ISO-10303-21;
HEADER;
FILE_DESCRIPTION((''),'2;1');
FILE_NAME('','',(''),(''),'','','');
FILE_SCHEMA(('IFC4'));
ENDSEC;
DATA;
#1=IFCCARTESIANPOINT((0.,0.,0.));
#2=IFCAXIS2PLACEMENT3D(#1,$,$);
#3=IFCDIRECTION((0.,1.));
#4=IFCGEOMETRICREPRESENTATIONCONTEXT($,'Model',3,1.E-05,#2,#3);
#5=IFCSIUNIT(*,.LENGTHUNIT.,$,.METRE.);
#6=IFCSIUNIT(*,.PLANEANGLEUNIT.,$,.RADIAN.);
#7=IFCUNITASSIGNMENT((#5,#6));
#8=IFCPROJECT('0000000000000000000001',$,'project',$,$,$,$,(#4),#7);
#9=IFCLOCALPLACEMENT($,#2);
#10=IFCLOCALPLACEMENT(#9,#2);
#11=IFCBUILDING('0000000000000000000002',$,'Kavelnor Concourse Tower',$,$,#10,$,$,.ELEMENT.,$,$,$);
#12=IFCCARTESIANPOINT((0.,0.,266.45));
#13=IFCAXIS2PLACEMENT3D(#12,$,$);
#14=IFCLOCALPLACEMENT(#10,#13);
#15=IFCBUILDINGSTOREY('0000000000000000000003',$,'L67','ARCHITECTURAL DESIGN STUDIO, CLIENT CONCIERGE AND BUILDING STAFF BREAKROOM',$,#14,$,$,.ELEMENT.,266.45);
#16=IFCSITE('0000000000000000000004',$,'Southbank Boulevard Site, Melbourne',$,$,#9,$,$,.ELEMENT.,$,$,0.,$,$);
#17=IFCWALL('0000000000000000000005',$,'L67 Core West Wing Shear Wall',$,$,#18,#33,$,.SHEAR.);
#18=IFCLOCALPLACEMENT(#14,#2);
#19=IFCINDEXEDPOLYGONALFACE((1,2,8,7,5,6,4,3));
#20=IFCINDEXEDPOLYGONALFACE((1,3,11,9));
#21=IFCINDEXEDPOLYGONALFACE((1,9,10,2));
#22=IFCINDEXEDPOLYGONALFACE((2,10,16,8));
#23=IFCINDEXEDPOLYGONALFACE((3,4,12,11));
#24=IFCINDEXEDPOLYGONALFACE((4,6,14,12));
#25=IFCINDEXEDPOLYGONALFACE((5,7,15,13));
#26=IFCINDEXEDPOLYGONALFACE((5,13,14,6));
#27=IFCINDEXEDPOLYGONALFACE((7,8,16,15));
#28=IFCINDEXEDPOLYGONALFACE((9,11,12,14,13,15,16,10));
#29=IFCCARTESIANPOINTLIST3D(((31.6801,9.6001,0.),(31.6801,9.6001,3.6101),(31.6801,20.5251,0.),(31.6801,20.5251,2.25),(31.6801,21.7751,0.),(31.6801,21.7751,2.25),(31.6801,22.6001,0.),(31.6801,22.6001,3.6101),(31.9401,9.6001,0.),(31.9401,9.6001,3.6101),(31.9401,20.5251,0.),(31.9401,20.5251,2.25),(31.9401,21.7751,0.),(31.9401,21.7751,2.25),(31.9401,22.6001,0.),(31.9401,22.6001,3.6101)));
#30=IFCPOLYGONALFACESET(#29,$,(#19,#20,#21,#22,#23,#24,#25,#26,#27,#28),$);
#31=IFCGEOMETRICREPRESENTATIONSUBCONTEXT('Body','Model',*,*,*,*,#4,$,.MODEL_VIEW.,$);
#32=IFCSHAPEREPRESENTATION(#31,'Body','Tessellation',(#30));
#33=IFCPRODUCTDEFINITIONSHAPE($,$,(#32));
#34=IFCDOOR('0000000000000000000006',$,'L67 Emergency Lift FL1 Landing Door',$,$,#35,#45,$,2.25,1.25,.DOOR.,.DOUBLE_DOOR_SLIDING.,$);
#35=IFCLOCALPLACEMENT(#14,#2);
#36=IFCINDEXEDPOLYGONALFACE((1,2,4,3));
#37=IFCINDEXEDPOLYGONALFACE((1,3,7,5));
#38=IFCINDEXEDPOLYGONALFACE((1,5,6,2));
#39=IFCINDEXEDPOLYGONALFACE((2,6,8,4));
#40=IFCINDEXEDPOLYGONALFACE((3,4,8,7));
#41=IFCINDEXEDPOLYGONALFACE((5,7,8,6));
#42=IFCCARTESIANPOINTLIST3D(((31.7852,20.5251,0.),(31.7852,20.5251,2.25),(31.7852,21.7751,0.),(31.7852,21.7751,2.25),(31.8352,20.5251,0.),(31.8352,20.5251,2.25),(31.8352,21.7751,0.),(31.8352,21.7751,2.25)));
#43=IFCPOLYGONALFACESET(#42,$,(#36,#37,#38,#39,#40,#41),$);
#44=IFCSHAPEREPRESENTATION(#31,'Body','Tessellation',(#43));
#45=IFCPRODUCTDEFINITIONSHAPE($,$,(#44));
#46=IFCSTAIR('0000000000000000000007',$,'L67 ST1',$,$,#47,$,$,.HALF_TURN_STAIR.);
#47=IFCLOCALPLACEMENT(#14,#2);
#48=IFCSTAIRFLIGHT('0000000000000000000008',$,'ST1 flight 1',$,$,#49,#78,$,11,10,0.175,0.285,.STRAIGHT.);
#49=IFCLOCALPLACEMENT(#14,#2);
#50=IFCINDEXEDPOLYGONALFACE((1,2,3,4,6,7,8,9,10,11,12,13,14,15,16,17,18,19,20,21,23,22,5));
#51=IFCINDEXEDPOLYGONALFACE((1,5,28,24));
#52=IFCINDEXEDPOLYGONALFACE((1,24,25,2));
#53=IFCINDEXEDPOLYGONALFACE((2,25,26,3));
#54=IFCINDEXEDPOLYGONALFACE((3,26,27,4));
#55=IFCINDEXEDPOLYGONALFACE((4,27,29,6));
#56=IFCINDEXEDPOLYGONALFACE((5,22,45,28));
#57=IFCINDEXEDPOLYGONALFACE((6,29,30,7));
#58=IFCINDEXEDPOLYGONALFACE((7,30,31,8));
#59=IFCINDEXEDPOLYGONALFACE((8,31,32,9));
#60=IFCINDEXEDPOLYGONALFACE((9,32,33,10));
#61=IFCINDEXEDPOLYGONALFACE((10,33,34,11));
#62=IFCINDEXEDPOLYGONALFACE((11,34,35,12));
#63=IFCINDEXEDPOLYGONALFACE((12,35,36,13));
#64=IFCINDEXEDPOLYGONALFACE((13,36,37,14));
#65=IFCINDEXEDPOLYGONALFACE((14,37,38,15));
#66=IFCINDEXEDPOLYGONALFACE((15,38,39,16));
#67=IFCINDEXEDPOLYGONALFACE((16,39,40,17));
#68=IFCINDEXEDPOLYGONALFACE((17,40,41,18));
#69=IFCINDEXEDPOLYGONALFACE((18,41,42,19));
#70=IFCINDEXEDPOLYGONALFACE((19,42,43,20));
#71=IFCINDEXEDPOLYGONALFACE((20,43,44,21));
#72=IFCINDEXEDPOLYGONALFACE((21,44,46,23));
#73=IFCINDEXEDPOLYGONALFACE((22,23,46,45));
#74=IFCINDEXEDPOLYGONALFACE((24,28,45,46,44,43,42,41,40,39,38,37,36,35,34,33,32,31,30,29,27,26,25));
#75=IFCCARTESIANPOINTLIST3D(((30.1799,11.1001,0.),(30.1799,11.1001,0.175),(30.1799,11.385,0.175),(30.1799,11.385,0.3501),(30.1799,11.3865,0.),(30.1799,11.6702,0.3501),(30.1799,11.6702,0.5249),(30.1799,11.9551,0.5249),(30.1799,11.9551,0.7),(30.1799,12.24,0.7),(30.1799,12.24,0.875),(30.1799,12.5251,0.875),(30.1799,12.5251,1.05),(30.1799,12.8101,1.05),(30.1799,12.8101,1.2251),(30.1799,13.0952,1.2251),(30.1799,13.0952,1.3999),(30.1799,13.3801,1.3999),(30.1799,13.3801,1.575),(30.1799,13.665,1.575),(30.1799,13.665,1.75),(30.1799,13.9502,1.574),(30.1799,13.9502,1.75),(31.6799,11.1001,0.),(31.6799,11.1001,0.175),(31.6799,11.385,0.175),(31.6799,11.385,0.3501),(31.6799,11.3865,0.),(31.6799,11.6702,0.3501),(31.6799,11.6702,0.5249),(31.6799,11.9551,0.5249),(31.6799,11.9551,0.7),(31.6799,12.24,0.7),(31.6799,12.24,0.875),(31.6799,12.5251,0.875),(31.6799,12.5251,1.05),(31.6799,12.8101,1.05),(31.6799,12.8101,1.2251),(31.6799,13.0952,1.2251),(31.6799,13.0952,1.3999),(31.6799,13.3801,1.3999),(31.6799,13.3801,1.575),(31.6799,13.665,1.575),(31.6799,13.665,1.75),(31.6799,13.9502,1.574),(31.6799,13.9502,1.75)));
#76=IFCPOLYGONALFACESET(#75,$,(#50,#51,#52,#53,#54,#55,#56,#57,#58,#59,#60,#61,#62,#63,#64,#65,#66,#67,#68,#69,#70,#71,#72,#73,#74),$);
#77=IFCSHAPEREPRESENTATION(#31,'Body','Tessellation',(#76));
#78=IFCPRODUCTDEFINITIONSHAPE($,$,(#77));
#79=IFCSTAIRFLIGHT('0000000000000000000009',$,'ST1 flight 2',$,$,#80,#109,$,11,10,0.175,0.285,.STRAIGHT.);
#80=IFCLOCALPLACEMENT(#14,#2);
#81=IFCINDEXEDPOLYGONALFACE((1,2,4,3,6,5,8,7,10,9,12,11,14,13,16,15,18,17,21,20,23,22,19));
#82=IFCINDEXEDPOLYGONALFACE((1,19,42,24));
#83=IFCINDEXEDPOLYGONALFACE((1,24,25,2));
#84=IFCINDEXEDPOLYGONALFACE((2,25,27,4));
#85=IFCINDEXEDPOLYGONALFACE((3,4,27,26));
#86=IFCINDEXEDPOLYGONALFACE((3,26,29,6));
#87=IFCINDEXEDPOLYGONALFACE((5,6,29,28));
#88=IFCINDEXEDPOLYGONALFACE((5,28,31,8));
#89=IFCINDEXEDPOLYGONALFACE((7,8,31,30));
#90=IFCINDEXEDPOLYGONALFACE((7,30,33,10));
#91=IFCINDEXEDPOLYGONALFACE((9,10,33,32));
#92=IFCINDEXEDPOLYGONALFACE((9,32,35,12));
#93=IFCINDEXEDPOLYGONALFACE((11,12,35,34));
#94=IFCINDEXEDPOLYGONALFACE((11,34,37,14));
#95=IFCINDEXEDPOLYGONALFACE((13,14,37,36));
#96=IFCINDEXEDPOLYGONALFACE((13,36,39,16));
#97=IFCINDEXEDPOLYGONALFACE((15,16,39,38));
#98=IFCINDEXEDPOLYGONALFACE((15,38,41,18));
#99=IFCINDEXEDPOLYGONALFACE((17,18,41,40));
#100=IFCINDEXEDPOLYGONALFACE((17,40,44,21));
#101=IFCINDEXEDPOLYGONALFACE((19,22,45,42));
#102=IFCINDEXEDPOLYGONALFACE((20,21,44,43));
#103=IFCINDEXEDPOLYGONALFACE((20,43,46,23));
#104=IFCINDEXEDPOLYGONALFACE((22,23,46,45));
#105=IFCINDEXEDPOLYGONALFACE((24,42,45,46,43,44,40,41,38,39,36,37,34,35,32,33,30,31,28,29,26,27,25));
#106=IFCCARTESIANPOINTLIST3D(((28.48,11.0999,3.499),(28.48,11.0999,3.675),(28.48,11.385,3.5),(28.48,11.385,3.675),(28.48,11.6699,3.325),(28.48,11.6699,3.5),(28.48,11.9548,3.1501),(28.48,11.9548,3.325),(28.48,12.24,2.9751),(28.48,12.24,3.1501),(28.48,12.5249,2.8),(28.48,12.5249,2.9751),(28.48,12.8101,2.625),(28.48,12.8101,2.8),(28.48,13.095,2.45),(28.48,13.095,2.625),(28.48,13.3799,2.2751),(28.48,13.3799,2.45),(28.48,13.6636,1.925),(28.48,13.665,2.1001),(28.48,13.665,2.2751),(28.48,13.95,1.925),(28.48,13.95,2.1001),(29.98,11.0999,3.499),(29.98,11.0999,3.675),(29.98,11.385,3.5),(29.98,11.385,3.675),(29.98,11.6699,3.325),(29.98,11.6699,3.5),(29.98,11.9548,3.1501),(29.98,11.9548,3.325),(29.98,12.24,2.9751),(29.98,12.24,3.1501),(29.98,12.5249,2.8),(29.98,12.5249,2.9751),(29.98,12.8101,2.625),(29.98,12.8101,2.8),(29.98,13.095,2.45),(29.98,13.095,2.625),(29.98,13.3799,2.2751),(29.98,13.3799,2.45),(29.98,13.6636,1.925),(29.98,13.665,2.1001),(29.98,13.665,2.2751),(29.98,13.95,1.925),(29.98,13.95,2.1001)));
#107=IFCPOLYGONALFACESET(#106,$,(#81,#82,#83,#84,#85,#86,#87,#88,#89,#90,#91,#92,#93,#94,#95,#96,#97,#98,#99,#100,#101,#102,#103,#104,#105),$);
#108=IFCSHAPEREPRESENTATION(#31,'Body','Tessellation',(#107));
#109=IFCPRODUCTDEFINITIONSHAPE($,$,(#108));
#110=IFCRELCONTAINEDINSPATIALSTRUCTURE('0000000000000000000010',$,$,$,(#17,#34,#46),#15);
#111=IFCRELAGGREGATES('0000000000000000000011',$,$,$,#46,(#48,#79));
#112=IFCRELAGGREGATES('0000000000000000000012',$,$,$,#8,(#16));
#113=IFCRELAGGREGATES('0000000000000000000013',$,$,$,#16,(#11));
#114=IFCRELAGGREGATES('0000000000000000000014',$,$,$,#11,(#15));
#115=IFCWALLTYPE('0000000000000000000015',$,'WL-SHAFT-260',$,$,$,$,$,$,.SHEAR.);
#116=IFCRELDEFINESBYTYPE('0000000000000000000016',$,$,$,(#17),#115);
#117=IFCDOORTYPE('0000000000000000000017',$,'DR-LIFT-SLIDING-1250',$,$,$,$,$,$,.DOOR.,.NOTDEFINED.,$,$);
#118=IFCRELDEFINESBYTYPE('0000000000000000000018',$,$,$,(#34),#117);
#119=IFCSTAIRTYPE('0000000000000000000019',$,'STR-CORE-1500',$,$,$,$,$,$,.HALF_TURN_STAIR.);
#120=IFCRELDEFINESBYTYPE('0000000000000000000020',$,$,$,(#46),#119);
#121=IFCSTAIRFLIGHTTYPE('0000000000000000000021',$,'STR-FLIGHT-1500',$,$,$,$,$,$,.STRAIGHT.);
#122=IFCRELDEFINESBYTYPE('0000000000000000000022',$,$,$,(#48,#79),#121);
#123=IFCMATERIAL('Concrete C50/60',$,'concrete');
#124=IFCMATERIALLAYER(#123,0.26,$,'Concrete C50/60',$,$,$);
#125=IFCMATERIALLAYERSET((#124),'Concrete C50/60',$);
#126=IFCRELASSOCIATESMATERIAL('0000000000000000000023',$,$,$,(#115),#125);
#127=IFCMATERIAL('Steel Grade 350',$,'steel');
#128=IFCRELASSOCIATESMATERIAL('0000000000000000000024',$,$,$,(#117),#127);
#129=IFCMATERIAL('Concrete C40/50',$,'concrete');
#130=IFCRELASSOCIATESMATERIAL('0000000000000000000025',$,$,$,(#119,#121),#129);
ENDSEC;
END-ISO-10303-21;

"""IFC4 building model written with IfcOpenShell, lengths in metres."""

from ifc_helpers import new_model, si_unit, direction, frame, frame_2d, origin, place, context, subcontext, project, spatial, polyline, rectangle, outline, extrude, material, layer, layer_set, type_object, element, fill, aggregate, save


model = new_model("IFC4")

# Units and contexts
model_context = context("Model", 3, precision=1e-05, world=origin(), true_north=direction((0.0, 1.0)))
body_context = subcontext(model_context, "Body", "Model", "MODEL_VIEW")
ifc_project = project(units=[si_unit("LENGTHUNIT", "METRE"), si_unit("PLANEANGLEUNIT", "RADIAN")], contexts=[model_context])

# Site, building, storey
site_placement = place(None, origin())
site = spatial("IfcSite", under=ifc_project, at=site_placement, Name="Southbank Boulevard Site, Melbourne", CompositionType="ELEMENT", RefElevation=0.0)
building_placement = place(site_placement, origin())
building = spatial("IfcBuilding", under=site, at=building_placement, Name="Kavelnor Concourse Tower", CompositionType="ELEMENT")
storey_placement = place(building_placement, frame((0.0, 0.0, 266.45)))
storey = spatial("IfcBuildingStorey", under=building, at=storey_placement, Name="L67", Description="ARCHITECTURAL DESIGN STUDIO, CLIENT CONCIERGE AND BUILDING STAFF BREAKROOM", CompositionType="ELEMENT", Elevation=266.45)

# Shared definitions
ifc_material_1 = material(Name="Steel Grade 350", Category="steel")

# Shared definitions
ifc_material_2 = material(Name="Concrete C50/60", Category="concrete")

# Wall, opening, door
ifc_layer_1 = layer(ifc_material_2, 0.26, Name="Concrete C50/60")
ifc_layer_set_1 = layer_set([ifc_layer_1], Name="Concrete C50/60")
wall_type_1 = type_object("IfcWallType", Name="WL-SHAFT-260", PredefinedType="SHEAR", material=ifc_layer_set_1)
wall_1_placement = place(storey_placement, frame((31.8101, 9.6001, 0.0), z_axis=(0.0, 0.0, 1.0), x_axis=(0.0, 1.0, 0.0)))
wall_1 = element("IfcWall", 1, at=wall_1_placement, inside=storey, type_object=wall_type_1, Name="L67 Core West Wing Shear Wall", PredefinedType="SHEAR", context=body_context, shape_type="SweptSolid", body=[
    extrude(rectangle(XDim=13.0, YDim=0.26, at=frame_2d((6.5, 0.0))), origin(), (0.0, 0.0, 1.0), 3.6101),
])
opening_1_placement = place(wall_1_placement, frame((10.925, 0.0, 0.0)))
opening_1 = element("IfcOpeningElement", 2, at=opening_1_placement, cuts=wall_1, PredefinedType="OPENING", context=body_context, shape_type="SweptSolid", body=[
    extrude(rectangle(XDim=1.25, YDim=2.25, at=frame_2d((0.625, 1.125))), frame((0.0, 0.1401, 0.0), z_axis=(0.0, -1.0, 0.0), x_axis=(1.0, 0.0, 0.0)), (0.0, 0.0, 1.0), 0.28),
])
door_type_1 = type_object("IfcDoorType", Name="DR-LIFT-SLIDING-1250", OperationType="NOTDEFINED", PredefinedType="DOOR", material=ifc_material_1)
door_1_placement = place(opening_1_placement, origin())
door_1 = element("IfcDoor", 3, at=door_1_placement, inside=storey, type_object=door_type_1, Name="L67 Emergency Lift FL1 Landing Door", OperationType="DOUBLE_DOOR_SLIDING", OverallHeight=2.25, OverallWidth=1.25, PredefinedType="DOOR", context=body_context, shape_type="SweptSolid", body=[
    extrude(rectangle(XDim=1.25, YDim=2.25, at=frame_2d((0.625, 1.125))), frame((0.0, 0.0249, 0.0), z_axis=(0.0, -1.0, 0.0), x_axis=(1.0, 0.0, 0.0)), (0.0, 0.0, 1.0), 0.05),
])
fill(opening_1, door_1)

# Stair, stair flights
ifc_material_3 = material(Name="Concrete C40/50", Category="concrete")
stair_type = type_object("IfcStairType", Name="STR-CORE-1500", PredefinedType="HALF_TURN_STAIR", material=ifc_material_3)
stair_placement = place(storey_placement, origin())
stair = element("IfcStair", 4, at=stair_placement, inside=storey, type_object=stair_type, Name="L67 ST1", PredefinedType="HALF_TURN_STAIR")
stair_flight_type = type_object("IfcStairFlightType", Name="STR-FLIGHT-1500", PredefinedType="STRAIGHT", material=ifc_material_3)
stair_flight_1_placement = place(storey_placement, frame((30.9299, 11.1001, 0.0), z_axis=(0.0, 0.0, 1.0), x_axis=(0.0, 1.0, 0.0)))
stair_flight_1 = element("IfcStairFlight", 5, at=stair_flight_1_placement, type_object=stair_flight_type, Name="ST1 flight 1", NumberOfRisers=11, NumberOfTreads=10, PredefinedType="STRAIGHT", RiserHeight=0.175, TreadLength=0.285, context=body_context, shape_type="SweptSolid", body=[
    extrude(outline(polyline([(0.0, 0.0), (0.0, 0.175), (0.2849, 0.175), (0.2849, 0.3501), (0.5701, 0.3501), (0.5701, 0.5249), (0.855, 0.5249), (0.855, 0.7), (1.1399, 0.7), (1.1399, 0.875), (1.425, 0.875), (1.425, 1.05), (1.71, 1.05), (1.71, 1.2251), (1.9951, 1.2251), (1.9951, 1.3999), (2.28, 1.3999), (2.28, 1.575), (2.5649, 1.575), (2.5649, 1.75), (2.8501, 1.75), (2.8501, 1.925), (2.8501, 1.574), (0.2864, 0.0), (0.0, 0.0)])), frame((0.0, 0.75, 0.0), z_axis=(0.0, -1.0, 0.0), x_axis=(1.0, 0.0, 0.0)), (0.0, 0.0, 1.0), 1.5),
])
stair_flight_2_placement = place(storey_placement, frame((29.23, 13.95, 1.925), z_axis=(0.0, 0.0, 1.0), x_axis=(0.0, -1.0, 0.0)))
stair_flight_2 = element("IfcStairFlight", 6, at=stair_flight_2_placement, type_object=stair_flight_type, Name="ST1 flight 2", NumberOfRisers=11, NumberOfTreads=10, PredefinedType="STRAIGHT", RiserHeight=0.175, TreadLength=0.285, context=body_context, shape_type="SweptSolid", body=[
    extrude(outline(polyline([(0.0, 0.0), (0.0, 0.175), (0.2849, 0.175), (0.2849, 0.3501), (0.5701, 0.3501), (0.5701, 0.5249), (0.855, 0.5249), (0.855, 0.7), (1.1399, 0.7), (1.1399, 0.875), (1.425, 0.875), (1.425, 1.05), (1.71, 1.05), (1.71, 1.2251), (1.9951, 1.2251), (1.9951, 1.3999), (2.28, 1.3999), (2.28, 1.575), (2.5649, 1.575), (2.5649, 1.75), (2.8501, 1.75), (2.8501, 1.925), (2.8501, 1.574), (0.2864, 0.0), (0.0, 0.0)])), frame((0.0, 0.75, 0.0), z_axis=(0.0, -1.0, 0.0), x_axis=(1.0, 0.0, 0.0)), (0.0, 0.0, 1.0), 1.5),
])
aggregate(stair, [stair_flight_1, stair_flight_2])

save(model, "model.ifc")
